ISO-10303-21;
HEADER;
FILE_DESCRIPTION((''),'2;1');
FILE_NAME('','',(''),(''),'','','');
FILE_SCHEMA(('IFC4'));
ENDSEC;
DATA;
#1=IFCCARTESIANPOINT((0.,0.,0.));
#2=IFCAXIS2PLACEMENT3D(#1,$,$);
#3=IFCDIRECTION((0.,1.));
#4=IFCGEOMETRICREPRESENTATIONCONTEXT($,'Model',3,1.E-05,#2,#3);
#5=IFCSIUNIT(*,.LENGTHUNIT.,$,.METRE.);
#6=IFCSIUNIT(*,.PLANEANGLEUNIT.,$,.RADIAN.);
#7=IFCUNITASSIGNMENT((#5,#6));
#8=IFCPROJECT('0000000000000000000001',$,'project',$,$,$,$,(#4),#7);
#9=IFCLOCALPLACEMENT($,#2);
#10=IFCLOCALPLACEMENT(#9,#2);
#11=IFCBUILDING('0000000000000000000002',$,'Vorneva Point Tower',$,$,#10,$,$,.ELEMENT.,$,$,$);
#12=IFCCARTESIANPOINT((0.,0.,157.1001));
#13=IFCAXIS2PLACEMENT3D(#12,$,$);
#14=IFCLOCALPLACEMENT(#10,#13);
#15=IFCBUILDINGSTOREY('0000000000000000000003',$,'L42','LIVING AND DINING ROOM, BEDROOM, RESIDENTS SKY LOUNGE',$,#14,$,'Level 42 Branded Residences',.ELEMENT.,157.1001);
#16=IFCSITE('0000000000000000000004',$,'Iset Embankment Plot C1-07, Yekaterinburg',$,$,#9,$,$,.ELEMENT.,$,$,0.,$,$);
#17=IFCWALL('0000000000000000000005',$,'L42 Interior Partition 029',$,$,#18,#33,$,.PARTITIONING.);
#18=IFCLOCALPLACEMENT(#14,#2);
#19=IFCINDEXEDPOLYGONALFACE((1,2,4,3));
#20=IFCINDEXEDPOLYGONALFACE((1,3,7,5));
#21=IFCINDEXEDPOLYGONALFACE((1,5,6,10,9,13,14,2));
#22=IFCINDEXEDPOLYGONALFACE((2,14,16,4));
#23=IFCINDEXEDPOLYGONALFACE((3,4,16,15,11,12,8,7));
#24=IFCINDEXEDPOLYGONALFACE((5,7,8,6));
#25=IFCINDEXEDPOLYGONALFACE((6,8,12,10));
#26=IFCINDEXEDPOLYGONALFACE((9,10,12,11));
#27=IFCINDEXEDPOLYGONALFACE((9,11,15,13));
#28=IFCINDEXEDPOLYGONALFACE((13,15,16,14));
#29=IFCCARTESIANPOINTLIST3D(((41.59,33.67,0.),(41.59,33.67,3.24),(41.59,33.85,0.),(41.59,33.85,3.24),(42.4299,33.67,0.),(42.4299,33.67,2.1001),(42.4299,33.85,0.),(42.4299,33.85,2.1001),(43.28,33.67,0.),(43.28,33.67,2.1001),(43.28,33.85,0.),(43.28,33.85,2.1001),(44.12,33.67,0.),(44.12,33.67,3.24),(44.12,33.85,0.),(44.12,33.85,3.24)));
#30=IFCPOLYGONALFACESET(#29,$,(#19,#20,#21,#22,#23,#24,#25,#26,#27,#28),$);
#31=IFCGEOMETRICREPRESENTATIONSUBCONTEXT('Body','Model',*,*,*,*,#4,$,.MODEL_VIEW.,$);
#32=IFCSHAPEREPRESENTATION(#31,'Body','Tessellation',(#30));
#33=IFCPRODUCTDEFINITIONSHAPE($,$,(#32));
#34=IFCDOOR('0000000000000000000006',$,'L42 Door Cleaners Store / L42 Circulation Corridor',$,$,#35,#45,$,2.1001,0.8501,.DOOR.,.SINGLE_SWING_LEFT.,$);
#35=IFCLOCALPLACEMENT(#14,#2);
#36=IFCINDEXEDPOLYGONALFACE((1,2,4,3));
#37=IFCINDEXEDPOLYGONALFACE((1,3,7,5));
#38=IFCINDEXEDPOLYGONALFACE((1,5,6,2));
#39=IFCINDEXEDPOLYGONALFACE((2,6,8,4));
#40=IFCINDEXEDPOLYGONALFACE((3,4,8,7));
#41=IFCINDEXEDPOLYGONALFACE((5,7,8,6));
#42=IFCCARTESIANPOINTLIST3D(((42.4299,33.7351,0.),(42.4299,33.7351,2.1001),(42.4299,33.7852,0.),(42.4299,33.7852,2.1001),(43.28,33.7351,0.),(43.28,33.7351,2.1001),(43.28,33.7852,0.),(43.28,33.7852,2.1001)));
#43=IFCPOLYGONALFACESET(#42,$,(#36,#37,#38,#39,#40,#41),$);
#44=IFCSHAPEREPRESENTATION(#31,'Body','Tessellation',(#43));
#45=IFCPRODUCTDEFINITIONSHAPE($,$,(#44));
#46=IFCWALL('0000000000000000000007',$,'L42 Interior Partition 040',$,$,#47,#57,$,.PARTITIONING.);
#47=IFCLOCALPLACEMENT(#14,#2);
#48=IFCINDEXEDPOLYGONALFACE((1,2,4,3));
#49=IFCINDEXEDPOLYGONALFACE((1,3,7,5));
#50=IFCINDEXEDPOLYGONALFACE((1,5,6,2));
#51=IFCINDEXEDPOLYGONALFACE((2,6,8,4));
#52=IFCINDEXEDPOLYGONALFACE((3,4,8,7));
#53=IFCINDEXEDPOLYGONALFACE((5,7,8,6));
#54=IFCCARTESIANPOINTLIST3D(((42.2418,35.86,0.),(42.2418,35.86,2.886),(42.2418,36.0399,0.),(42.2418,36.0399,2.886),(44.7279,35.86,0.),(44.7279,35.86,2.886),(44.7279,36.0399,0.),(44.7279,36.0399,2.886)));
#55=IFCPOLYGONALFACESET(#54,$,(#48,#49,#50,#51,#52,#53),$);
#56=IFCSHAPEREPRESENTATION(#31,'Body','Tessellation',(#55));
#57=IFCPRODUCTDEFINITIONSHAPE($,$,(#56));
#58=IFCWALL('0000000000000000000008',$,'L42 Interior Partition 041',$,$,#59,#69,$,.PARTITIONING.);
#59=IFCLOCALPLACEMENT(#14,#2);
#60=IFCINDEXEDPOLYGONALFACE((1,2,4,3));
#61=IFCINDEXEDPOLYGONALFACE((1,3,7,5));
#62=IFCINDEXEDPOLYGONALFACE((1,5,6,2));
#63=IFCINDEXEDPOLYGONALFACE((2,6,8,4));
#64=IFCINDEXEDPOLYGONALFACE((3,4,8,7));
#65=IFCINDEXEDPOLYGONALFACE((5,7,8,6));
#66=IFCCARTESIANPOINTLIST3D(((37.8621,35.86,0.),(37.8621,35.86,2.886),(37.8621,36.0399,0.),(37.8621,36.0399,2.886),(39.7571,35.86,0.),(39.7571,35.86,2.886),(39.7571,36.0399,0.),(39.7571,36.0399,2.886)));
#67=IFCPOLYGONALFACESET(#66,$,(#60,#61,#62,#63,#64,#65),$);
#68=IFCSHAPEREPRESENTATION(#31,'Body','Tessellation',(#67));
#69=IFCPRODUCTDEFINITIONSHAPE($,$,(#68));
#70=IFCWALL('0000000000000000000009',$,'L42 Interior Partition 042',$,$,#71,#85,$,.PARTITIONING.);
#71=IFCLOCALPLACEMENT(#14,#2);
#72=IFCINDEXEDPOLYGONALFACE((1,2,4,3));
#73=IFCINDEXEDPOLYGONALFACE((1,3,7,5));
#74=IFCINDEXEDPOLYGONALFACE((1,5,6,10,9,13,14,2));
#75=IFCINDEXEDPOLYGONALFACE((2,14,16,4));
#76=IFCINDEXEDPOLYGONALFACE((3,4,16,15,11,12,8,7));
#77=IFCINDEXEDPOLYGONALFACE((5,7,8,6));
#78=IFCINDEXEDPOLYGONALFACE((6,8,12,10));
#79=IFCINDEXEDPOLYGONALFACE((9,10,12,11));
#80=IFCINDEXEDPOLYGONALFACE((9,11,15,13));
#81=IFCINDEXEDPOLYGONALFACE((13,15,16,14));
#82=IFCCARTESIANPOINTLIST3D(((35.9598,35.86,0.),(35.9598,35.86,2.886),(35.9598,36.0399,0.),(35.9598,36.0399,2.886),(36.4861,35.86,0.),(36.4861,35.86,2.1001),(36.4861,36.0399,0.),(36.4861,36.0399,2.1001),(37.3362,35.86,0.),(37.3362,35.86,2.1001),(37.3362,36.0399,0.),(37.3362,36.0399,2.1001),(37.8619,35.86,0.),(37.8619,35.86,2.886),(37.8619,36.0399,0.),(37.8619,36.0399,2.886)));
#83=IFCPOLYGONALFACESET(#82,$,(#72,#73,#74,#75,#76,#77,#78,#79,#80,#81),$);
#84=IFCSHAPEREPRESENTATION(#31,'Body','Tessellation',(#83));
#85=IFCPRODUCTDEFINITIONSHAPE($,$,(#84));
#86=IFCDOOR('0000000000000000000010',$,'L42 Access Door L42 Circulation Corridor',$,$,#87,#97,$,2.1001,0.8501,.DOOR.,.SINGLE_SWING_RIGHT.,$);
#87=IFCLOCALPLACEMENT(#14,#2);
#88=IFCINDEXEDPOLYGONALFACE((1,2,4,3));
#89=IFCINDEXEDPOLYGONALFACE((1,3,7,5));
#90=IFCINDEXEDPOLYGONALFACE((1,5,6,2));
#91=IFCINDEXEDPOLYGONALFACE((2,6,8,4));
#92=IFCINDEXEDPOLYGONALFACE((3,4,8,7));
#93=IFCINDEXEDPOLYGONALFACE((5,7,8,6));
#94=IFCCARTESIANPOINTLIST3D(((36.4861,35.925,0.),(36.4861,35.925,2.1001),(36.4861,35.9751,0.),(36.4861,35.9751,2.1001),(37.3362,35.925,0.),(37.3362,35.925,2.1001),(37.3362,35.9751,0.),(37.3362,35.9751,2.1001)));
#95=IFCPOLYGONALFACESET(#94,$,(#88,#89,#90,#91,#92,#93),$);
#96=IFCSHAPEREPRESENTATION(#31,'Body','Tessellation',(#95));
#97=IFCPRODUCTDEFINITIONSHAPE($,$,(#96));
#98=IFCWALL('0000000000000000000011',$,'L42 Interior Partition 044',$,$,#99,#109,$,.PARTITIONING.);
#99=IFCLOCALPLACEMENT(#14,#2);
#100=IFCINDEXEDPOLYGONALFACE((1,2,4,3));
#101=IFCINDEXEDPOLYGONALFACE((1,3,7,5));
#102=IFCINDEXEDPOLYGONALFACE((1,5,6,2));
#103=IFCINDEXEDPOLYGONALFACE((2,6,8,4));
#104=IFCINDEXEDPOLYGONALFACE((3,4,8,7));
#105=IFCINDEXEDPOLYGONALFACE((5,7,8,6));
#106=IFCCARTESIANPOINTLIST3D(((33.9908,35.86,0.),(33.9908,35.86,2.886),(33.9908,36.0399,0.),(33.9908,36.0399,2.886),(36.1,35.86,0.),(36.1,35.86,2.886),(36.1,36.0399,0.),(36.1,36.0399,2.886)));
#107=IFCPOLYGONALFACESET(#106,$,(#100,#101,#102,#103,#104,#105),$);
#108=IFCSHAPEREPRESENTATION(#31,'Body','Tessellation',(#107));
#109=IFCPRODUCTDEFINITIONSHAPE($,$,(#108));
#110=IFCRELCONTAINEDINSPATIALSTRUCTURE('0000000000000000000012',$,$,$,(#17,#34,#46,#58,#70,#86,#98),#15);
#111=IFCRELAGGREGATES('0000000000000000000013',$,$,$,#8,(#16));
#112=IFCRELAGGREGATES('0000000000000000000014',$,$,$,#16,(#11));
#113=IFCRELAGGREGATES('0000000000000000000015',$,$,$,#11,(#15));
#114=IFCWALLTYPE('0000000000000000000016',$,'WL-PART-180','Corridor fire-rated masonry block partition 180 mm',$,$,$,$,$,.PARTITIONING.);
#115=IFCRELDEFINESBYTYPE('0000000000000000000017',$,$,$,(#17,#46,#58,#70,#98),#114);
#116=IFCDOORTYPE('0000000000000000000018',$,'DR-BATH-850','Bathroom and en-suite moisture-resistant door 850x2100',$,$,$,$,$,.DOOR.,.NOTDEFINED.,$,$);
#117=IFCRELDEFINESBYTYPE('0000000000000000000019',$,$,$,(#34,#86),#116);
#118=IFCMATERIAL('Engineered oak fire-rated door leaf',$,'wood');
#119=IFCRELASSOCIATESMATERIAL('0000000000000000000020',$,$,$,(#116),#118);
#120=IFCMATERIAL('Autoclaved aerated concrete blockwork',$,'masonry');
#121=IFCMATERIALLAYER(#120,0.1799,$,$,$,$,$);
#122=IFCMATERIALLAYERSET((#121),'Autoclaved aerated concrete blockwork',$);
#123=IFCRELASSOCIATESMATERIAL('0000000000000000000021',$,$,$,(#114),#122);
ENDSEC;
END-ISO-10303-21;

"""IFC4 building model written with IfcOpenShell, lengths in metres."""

from ifc_helpers import new_model, si_unit, direction, frame, frame_2d, origin, place, context, subcontext, project, spatial, rectangle, extrude, material, layer, layer_set, type_object, element, fill, save


model = new_model("IFC4")

# Units and contexts
model_context = context("Model", 3, precision=1e-05, world=origin(), true_north=direction((0.0, 1.0)))
body_context = subcontext(model_context, "Body", "Model", "MODEL_VIEW")
ifc_project = project(units=[si_unit("LENGTHUNIT", "METRE"), si_unit("PLANEANGLEUNIT", "RADIAN")], contexts=[model_context])

# Site, building, storey
site_placement = place(None, origin())
site = spatial("IfcSite", under=ifc_project, at=site_placement, Name="Iset Embankment Plot C1-07, Yekaterinburg", CompositionType="ELEMENT", RefElevation=0.0)
building_placement = place(site_placement, origin())
building = spatial("IfcBuilding", under=site, at=building_placement, Name="Vorneva Point Tower", CompositionType="ELEMENT")
storey_placement = place(building_placement, frame((0.0, 0.0, 157.1001)))
storey = spatial("IfcBuildingStorey", under=building, at=storey_placement, Name="L42", Description="LIVING AND DINING ROOM, BEDROOM, RESIDENTS SKY LOUNGE", LongName="Level 42 Branded Residences", CompositionType="ELEMENT", Elevation=157.1001)

# Shared definitions
ifc_material_1 = material(Name="Engineered oak fire-rated door leaf", Category="wood")
door_type_1 = type_object("IfcDoorType", Name="DR-BATH-850", Description="Bathroom and en-suite moisture-resistant door 850x2100", OperationType="NOTDEFINED", PredefinedType="DOOR", material=ifc_material_1)

# Wall, opening, door
ifc_material_2 = material(Name="Autoclaved aerated concrete blockwork", Category="masonry")
ifc_layer_1 = layer(ifc_material_2, 0.1799)
ifc_layer_set_1 = layer_set([ifc_layer_1], Name="Autoclaved aerated concrete blockwork")
wall_type_1 = type_object("IfcWallType", Name="WL-PART-180", Description="Corridor fire-rated masonry block partition 180 mm", PredefinedType="PARTITIONING", material=ifc_layer_set_1)
wall_1_placement = place(storey_placement, frame((44.1201, 33.76, 0.0), z_axis=(0.0, 0.0, 1.0), x_axis=(-1.0, 0.0, 0.0)))
wall_1 = element("IfcWall", 1, at=wall_1_placement, inside=storey, type_object=wall_type_1, Name="L42 Interior Partition 029", PredefinedType="PARTITIONING", context=body_context, shape_type="SweptSolid", body=[
    extrude(rectangle(XDim=2.53, YDim=0.1799, at=frame_2d((1.2651, 0.0))), origin(), (0.0, 0.0, 1.0), 3.24),
])
opening_1_placement = place(wall_1_placement, frame((0.8401, 0.0, 0.0)))
opening_1 = element("IfcOpeningElement", 2, at=opening_1_placement, cuts=wall_1, PredefinedType="OPENING", context=body_context, shape_type="SweptSolid", body=[
    extrude(rectangle(XDim=0.8501, YDim=2.1001, at=frame_2d((0.425, 1.05))), frame((0.0, 0.105, 0.0), z_axis=(0.0, -1.0, 0.0), x_axis=(1.0, 0.0, 0.0)), (0.0, 0.0, 1.0), 0.2097),
])
door_1_placement = place(opening_1_placement, origin())
door_1 = element("IfcDoor", 3, at=door_1_placement, inside=storey, type_object=door_type_1, Name="L42 Door Cleaners Store / L42 Circulation Corridor", OperationType="SINGLE_SWING_LEFT", OverallHeight=2.1001, OverallWidth=0.8501, PredefinedType="DOOR", context=body_context, shape_type="SweptSolid", body=[
    extrude(rectangle(XDim=0.8501, YDim=2.1001, at=frame_2d((0.425, 1.05))), frame((0.0, 0.0249, 0.0), z_axis=(0.0, -1.0, 0.0), x_axis=(1.0, 0.0, 0.0)), (0.0, 0.0, 1.0), 0.05),
])
fill(opening_1, door_1)

# Walls
wall_2_placement = place(storey_placement, frame((44.728, 35.95, 0.0), z_axis=(0.0, 0.0, 1.0), x_axis=(-1.0, 0.0, 0.0)))
element("IfcWall", 4, at=wall_2_placement, inside=storey, type_object=wall_type_1, Name="L42 Interior Partition 040", PredefinedType="PARTITIONING", context=body_context, shape_type="SweptSolid", body=[
    extrude(rectangle(XDim=2.4861, YDim=0.1799, at=frame_2d((1.2432, 0.0))), origin(), (0.0, 0.0, 1.0), 2.886),
])
wall_3_placement = place(storey_placement, frame((39.7571, 35.95, 0.0), z_axis=(0.0, 0.0, 1.0), x_axis=(-1.0, 0.0, 0.0)))
element("IfcWall", 5, at=wall_3_placement, inside=storey, type_object=wall_type_1, Name="L42 Interior Partition 041", PredefinedType="PARTITIONING", context=body_context, shape_type="SweptSolid", body=[
    extrude(rectangle(XDim=1.895, YDim=0.1799, at=frame_2d((0.9475, 0.0))), origin(), (0.0, 0.0, 1.0), 2.886),
])

# Wall, opening, door
wall_4_placement = place(storey_placement, frame((37.8621, 35.95, 0.0), z_axis=(0.0, 0.0, 1.0), x_axis=(-1.0, 0.0, 0.0)))
wall_4 = element("IfcWall", 6, at=wall_4_placement, inside=storey, type_object=wall_type_1, Name="L42 Interior Partition 042", PredefinedType="PARTITIONING", context=body_context, shape_type="SweptSolid", body=[
    extrude(rectangle(XDim=1.9021, YDim=0.1799, at=frame_2d((0.9512, 0.0))), origin(), (0.0, 0.0, 1.0), 2.886),
])
opening_2_placement = place(wall_4_placement, frame((0.5259, 0.0, 0.0)))
opening_2 = element("IfcOpeningElement", 7, at=opening_2_placement, cuts=wall_4, PredefinedType="OPENING", context=body_context, shape_type="SweptSolid", body=[
    extrude(rectangle(XDim=0.8501, YDim=2.1001, at=frame_2d((0.425, 1.05))), frame((0.0, 0.105, 0.0), z_axis=(0.0, -1.0, 0.0), x_axis=(1.0, 0.0, 0.0)), (0.0, 0.0, 1.0), 0.2097),
])
door_2_placement = place(opening_2_placement, origin())
door_2 = element("IfcDoor", 8, at=door_2_placement, inside=storey, type_object=door_type_1, Name="L42 Access Door L42 Circulation Corridor", OperationType="SINGLE_SWING_RIGHT", OverallHeight=2.1001, OverallWidth=0.8501, PredefinedType="DOOR", context=body_context, shape_type="SweptSolid", body=[
    extrude(rectangle(XDim=0.8501, YDim=2.1001, at=frame_2d((0.425, 1.05))), frame((0.0, 0.0249, 0.0), z_axis=(0.0, -1.0, 0.0), x_axis=(1.0, 0.0, 0.0)), (0.0, 0.0, 1.0), 0.05),
])
fill(opening_2, door_2)

# Wall
wall_5_placement = place(storey_placement, frame((36.1001, 35.95, 0.0), z_axis=(0.0, 0.0, 1.0), x_axis=(-1.0, 0.0, 0.0)))
element("IfcWall", 9, at=wall_5_placement, inside=storey, type_object=wall_type_1, Name="L42 Interior Partition 044", PredefinedType="PARTITIONING", context=body_context, shape_type="SweptSolid", body=[
    extrude(rectangle(XDim=2.1091, YDim=0.1799, at=frame_2d((1.0547, 0.0))), origin(), (0.0, 0.0, 1.0), 2.886),
])

save(model, "model.ifc")
